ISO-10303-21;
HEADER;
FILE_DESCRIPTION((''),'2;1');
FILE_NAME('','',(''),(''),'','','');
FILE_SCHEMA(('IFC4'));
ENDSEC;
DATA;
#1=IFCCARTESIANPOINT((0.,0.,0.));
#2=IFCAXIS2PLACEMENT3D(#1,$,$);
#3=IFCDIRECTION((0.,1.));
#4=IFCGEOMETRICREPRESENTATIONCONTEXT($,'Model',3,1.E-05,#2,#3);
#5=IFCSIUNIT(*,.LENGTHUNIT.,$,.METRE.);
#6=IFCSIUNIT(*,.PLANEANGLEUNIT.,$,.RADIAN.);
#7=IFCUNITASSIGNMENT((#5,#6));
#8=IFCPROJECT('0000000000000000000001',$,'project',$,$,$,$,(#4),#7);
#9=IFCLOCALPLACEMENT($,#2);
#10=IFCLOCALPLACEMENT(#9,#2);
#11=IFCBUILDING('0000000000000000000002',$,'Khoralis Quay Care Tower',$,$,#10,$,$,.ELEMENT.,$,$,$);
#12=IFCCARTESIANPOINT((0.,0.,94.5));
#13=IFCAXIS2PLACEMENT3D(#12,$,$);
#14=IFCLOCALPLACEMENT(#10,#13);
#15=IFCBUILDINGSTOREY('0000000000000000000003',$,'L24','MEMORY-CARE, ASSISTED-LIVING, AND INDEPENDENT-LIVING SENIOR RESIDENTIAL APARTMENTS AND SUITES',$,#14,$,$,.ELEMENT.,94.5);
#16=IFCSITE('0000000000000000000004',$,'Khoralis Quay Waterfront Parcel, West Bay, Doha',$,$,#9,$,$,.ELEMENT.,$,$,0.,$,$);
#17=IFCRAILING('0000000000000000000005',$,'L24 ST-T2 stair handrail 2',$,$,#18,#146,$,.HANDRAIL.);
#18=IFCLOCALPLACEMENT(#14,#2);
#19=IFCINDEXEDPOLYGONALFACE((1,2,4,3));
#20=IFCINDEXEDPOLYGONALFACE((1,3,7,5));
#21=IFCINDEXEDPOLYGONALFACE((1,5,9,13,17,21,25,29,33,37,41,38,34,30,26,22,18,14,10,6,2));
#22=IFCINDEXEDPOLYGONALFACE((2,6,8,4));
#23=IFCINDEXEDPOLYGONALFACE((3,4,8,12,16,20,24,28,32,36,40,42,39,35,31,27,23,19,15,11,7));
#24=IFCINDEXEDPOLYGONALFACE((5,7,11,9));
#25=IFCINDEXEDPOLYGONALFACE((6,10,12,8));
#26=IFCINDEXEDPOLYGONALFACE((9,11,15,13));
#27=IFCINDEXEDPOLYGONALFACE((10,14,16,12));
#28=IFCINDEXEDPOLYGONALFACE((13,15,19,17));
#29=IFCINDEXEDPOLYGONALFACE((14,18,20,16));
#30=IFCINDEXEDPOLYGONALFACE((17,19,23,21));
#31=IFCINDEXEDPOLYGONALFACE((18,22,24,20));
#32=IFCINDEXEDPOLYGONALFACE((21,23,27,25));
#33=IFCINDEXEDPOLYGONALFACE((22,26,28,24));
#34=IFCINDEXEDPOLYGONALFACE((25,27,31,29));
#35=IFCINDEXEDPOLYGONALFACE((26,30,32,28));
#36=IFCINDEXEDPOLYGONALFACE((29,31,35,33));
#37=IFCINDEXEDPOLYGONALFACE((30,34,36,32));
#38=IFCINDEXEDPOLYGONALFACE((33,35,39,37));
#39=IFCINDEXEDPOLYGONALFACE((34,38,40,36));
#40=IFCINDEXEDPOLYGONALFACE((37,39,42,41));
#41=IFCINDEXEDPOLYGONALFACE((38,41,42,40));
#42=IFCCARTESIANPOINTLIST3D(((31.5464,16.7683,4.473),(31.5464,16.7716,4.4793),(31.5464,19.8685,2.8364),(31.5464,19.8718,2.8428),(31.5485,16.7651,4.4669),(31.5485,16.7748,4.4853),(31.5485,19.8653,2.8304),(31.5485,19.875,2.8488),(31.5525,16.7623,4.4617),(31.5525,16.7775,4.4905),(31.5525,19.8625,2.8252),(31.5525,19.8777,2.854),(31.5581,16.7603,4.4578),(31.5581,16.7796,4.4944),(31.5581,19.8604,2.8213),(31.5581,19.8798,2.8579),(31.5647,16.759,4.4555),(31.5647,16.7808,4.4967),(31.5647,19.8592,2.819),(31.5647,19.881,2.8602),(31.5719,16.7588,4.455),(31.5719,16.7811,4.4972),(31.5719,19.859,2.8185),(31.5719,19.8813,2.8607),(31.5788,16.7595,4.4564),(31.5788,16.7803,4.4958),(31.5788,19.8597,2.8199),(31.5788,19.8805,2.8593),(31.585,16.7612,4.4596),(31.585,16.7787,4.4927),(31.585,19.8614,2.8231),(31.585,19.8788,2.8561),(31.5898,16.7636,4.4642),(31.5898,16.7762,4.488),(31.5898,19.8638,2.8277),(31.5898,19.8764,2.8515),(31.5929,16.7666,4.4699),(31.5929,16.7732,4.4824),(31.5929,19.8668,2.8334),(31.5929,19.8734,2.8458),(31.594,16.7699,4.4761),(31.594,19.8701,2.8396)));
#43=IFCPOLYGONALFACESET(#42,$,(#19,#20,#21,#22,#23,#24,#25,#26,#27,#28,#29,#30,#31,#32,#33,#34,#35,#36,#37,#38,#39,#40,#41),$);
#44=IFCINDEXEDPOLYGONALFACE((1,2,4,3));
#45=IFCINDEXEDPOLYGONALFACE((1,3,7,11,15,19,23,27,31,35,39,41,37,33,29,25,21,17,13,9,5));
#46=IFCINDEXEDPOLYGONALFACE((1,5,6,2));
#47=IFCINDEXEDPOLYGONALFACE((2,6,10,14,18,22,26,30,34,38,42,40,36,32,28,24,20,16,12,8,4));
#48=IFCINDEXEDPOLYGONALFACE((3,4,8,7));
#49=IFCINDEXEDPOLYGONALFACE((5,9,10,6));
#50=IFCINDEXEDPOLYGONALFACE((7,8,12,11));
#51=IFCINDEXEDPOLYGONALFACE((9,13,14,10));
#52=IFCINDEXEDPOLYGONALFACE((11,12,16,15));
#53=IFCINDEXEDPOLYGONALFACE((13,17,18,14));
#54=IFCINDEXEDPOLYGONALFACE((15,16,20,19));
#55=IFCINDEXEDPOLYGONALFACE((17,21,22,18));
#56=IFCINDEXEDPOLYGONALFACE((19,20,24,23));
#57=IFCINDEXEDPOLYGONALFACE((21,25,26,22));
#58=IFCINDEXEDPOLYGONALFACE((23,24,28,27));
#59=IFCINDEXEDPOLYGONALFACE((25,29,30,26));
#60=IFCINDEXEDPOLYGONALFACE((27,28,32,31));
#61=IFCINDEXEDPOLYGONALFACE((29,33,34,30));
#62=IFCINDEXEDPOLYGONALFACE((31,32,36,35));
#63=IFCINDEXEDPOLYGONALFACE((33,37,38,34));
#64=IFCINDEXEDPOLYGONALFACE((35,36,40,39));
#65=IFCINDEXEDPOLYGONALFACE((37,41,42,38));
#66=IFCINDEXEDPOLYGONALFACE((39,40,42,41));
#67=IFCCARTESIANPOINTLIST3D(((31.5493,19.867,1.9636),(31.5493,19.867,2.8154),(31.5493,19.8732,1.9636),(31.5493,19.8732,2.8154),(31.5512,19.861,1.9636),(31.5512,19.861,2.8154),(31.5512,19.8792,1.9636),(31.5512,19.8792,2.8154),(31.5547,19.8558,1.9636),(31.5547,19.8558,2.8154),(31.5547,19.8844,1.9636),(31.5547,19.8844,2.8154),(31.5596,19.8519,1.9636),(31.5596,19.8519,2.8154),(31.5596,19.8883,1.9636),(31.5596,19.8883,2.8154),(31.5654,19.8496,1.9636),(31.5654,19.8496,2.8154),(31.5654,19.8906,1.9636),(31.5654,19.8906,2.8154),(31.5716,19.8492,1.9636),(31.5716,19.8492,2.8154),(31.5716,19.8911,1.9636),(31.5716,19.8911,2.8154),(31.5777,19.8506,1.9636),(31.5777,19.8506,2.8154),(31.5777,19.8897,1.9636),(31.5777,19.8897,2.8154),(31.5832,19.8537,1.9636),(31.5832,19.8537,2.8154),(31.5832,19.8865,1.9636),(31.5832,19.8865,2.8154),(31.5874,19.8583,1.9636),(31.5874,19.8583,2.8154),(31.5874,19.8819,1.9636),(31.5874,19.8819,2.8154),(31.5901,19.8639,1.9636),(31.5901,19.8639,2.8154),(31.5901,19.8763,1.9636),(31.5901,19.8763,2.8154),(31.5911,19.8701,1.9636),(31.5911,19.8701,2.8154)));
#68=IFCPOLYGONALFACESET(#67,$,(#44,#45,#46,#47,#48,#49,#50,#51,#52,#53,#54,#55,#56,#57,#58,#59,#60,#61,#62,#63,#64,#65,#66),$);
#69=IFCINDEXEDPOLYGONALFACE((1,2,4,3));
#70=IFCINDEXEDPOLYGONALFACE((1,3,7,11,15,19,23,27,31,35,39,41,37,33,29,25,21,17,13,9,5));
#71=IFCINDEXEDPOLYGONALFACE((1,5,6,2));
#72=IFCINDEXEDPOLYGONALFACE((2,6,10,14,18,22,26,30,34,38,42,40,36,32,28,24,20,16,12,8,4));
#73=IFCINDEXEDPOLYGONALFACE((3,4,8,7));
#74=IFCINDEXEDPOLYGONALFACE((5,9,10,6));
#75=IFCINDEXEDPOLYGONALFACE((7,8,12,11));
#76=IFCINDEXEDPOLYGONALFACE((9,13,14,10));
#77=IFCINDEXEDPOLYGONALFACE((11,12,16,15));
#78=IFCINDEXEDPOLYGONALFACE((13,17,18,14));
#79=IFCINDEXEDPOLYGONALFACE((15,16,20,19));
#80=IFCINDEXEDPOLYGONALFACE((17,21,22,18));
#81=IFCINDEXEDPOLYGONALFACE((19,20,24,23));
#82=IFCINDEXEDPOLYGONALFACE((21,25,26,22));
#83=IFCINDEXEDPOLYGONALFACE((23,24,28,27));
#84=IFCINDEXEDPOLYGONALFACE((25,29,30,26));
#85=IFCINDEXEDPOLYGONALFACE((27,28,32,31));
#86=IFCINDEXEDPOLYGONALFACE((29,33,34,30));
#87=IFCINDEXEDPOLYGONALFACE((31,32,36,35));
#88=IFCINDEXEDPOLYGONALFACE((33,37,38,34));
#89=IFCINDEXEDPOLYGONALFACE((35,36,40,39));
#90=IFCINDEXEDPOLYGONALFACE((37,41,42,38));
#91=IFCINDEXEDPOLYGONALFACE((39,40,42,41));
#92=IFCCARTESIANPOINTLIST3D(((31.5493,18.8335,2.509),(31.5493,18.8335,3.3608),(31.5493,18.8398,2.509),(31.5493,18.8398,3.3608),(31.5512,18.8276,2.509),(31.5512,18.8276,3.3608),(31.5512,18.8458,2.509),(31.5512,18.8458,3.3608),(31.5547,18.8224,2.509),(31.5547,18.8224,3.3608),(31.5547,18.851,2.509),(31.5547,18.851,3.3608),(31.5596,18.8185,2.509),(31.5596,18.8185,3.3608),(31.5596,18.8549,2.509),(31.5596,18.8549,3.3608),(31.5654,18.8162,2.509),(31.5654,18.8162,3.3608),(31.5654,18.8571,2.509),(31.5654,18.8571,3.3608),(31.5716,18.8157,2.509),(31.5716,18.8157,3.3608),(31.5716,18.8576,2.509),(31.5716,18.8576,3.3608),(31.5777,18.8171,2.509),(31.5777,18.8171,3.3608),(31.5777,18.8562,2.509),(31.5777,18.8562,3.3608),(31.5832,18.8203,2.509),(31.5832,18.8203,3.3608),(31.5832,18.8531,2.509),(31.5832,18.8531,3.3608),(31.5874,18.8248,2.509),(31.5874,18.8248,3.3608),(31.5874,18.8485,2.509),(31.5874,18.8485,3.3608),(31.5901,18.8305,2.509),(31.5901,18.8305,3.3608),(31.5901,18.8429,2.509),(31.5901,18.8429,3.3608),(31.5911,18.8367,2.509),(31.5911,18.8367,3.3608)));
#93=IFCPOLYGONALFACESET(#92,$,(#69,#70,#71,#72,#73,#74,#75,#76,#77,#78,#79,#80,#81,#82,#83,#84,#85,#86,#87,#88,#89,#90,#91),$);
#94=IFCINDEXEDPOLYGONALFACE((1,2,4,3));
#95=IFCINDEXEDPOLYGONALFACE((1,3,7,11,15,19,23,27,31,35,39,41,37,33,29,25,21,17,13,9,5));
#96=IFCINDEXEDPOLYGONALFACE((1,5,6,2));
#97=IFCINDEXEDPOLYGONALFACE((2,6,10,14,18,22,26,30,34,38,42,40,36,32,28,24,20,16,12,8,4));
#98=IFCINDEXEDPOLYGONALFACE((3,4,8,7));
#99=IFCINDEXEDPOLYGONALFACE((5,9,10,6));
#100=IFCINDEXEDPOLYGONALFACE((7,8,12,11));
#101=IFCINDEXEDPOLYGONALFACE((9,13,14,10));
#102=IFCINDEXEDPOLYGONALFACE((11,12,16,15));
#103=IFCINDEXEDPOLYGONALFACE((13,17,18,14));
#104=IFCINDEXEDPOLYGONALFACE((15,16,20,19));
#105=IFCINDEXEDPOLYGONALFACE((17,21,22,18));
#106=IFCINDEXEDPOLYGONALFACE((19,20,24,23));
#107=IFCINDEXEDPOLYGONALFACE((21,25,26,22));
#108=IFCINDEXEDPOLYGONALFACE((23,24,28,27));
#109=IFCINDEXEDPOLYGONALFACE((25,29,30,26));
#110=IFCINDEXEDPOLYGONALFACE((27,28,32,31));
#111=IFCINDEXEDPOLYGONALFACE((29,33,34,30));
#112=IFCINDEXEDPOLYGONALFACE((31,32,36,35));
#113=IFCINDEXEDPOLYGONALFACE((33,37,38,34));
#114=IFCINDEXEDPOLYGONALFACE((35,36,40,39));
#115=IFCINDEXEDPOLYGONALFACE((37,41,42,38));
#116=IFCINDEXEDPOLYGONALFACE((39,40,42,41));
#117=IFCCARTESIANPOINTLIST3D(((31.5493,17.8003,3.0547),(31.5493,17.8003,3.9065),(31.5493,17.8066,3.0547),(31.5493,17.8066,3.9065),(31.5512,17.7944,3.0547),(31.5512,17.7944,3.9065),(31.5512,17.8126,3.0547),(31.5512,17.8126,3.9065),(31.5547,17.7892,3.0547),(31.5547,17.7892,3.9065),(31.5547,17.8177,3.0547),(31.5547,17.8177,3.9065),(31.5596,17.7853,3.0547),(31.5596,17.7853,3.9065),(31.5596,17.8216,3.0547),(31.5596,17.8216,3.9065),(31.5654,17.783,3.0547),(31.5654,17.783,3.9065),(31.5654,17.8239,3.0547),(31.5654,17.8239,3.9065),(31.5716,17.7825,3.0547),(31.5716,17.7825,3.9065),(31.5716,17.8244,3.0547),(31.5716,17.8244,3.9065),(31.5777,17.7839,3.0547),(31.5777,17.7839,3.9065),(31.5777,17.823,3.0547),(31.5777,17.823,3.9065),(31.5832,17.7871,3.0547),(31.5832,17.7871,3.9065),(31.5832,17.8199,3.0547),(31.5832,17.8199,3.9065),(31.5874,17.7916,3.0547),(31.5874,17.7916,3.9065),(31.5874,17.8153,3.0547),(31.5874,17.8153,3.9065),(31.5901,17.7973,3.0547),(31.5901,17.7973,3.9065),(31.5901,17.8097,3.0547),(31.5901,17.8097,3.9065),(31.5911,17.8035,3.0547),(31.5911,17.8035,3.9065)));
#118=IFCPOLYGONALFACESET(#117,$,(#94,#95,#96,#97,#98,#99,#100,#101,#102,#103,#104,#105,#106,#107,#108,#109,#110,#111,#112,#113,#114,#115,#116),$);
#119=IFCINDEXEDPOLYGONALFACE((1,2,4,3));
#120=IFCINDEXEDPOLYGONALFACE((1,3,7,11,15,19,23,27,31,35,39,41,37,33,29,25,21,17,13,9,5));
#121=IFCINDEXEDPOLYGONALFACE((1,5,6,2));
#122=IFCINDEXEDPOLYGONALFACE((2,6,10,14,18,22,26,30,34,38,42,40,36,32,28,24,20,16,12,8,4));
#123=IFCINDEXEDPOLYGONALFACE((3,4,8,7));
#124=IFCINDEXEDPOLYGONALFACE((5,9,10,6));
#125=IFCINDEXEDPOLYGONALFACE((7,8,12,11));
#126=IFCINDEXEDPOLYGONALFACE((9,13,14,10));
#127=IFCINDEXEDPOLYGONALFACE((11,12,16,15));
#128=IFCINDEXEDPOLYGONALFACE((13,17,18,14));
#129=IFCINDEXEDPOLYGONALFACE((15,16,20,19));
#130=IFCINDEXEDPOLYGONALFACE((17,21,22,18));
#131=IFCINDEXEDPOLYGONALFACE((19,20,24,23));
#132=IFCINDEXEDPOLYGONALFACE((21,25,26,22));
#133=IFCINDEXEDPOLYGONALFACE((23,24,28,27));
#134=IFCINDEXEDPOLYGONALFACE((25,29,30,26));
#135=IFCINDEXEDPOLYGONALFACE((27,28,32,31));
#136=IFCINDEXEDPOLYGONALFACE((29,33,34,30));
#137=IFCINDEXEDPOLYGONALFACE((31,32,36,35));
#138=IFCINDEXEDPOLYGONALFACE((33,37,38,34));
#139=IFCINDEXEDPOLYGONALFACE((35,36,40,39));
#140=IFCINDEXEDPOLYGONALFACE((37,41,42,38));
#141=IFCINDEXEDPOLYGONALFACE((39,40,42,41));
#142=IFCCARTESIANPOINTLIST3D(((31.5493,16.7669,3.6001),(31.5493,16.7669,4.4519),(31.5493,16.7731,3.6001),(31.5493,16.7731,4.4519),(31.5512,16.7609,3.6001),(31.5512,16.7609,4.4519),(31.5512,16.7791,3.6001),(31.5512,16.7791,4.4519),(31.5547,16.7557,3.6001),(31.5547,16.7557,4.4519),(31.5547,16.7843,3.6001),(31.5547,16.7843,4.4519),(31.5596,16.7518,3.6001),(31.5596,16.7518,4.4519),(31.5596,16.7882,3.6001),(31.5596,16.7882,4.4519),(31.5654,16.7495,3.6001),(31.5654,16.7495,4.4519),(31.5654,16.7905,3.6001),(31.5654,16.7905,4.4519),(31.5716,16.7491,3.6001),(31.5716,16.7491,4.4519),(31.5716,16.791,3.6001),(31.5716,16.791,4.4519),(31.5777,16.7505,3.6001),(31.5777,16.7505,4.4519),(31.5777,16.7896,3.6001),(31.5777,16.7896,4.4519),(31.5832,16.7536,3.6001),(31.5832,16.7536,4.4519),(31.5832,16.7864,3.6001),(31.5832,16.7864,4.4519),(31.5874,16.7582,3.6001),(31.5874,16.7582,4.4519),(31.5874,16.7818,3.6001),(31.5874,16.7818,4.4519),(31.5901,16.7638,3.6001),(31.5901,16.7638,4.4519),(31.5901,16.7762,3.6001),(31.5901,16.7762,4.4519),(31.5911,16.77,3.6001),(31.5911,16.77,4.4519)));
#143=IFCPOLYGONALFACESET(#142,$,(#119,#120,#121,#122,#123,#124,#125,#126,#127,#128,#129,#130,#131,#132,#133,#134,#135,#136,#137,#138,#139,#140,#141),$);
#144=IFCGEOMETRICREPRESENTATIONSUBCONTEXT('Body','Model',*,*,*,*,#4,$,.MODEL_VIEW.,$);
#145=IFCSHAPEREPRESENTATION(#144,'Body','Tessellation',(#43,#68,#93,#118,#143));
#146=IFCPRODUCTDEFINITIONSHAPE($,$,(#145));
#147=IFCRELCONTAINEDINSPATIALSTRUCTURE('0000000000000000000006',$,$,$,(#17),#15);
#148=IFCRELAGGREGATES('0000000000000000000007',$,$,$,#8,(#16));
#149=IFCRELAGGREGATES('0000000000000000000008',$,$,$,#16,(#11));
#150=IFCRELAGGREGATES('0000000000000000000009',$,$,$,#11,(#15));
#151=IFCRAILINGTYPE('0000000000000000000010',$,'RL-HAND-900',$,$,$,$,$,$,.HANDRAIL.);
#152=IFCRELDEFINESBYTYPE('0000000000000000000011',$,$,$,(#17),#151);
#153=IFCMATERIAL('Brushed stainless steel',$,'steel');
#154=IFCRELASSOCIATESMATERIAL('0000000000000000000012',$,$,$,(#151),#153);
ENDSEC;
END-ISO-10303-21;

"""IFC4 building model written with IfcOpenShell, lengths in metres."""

from ifc_helpers import new_model, si_unit, direction, frame, origin, origin_2d, place, context, subcontext, project, spatial, circle, extrude, material, type_object, element, save


model = new_model("IFC4")

# Units and contexts
model_context = context("Model", 3, precision=1e-05, world=origin(), true_north=direction((0.0, 1.0)))
body_context = subcontext(model_context, "Body", "Model", "MODEL_VIEW")
ifc_project = project(units=[si_unit("LENGTHUNIT", "METRE"), si_unit("PLANEANGLEUNIT", "RADIAN")], contexts=[model_context])

# Site, building, storey
site_placement = place(None, origin())
site = spatial("IfcSite", under=ifc_project, at=site_placement, Name="Khoralis Quay Waterfront Parcel, West Bay, Doha", CompositionType="ELEMENT", RefElevation=0.0)
building_placement = place(site_placement, origin())
building = spatial("IfcBuilding", under=site, at=building_placement, Name="Khoralis Quay Care Tower", CompositionType="ELEMENT")
storey_placement = place(building_placement, frame((0.0, 0.0, 94.5)))
storey = spatial("IfcBuildingStorey", under=building, at=storey_placement, Name="L24", Description="MEMORY-CARE, ASSISTED-LIVING, AND INDEPENDENT-LIVING SENIOR RESIDENTIAL APARTMENTS AND SUITES", CompositionType="ELEMENT", Elevation=94.5)

# Shared definitions
ifc_material_1 = material(Name="Brushed stainless steel", Category="steel")

# Railing
railing_type = type_object("IfcRailingType", Name="RL-HAND-900", PredefinedType="HANDRAIL", material=ifc_material_1)
railing_placement = place(storey_placement, frame((31.5701, 19.8701, 1.9636)))
element("IfcRailing", 1, at=railing_placement, inside=storey, type_object=railing_type, Name="L24 ST-T2 stair handrail 2", PredefinedType="HANDRAIL", context=body_context, shape_type="SweptSolid", body=[
    extrude(circle(Radius=0.0239, at=origin_2d()), frame((0.0, 0.0, 0.876), z_axis=(0.0, -0.884348, 0.466828), x_axis=(1.0, 0.0, 0.0)), (0.0, 0.0, 1.0), 3.5056),
    extrude(circle(Radius=0.021, at=origin_2d()), origin(), (0.0, 0.0, 1.0), 0.8518),
    extrude(circle(Radius=0.021, at=origin_2d()), frame((0.0, -1.0334, 0.5454)), (0.0, 0.0, 1.0), 0.8518),
    extrude(circle(Radius=0.021, at=origin_2d()), frame((0.0, -2.0667, 1.0911)), (0.0, 0.0, 1.0), 0.8518),
    extrude(circle(Radius=0.021, at=origin_2d()), frame((0.0, -3.1001, 1.6365)), (0.0, 0.0, 1.0), 0.8518),
])

save(model, "model.ifc")
